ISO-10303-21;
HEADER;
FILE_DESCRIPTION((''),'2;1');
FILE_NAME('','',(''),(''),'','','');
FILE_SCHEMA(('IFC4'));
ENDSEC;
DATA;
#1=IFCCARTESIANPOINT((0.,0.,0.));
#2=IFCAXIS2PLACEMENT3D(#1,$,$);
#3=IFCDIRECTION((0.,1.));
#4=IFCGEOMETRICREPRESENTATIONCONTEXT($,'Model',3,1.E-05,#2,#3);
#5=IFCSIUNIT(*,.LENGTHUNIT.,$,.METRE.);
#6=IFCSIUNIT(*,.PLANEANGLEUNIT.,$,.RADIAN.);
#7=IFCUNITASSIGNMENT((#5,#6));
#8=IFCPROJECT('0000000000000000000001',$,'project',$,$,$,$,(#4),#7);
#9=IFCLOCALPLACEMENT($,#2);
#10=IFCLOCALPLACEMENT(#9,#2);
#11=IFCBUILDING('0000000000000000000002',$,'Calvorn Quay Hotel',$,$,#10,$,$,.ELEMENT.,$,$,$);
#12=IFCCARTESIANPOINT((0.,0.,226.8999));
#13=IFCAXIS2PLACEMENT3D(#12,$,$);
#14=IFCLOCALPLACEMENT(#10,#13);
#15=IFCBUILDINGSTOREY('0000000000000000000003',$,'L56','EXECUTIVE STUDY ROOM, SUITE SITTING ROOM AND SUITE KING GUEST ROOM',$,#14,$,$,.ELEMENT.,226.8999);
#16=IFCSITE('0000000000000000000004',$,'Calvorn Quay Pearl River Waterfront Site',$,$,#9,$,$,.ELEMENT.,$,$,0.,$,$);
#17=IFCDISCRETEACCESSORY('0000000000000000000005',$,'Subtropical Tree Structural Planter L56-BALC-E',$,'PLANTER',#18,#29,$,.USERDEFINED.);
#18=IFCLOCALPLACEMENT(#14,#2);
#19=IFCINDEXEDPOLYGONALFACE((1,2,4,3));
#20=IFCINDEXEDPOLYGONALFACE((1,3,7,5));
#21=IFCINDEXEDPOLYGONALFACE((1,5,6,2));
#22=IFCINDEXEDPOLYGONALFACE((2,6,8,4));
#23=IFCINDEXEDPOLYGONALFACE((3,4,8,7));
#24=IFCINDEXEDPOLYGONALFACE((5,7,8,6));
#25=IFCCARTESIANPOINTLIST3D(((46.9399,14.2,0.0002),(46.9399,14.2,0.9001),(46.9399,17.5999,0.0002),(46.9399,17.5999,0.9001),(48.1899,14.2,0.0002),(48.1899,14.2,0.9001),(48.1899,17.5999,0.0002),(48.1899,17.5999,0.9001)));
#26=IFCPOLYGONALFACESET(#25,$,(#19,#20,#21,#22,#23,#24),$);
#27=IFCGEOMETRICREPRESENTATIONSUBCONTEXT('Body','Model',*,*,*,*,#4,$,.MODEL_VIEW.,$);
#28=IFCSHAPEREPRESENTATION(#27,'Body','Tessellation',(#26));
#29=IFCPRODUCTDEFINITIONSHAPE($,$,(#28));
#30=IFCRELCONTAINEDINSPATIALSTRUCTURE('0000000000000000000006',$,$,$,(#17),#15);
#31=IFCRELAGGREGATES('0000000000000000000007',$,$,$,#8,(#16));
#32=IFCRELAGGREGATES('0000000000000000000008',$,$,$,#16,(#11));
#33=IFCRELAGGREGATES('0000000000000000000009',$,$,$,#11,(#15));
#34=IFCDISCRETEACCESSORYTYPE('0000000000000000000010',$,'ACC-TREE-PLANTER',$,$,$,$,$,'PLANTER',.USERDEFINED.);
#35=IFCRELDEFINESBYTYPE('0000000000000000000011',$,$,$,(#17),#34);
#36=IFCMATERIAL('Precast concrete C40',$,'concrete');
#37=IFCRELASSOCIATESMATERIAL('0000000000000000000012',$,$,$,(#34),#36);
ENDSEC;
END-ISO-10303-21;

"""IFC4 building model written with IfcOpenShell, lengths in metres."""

from ifc_helpers import new_model, si_unit, direction, frame, origin, origin_2d, place, context, subcontext, project, spatial, rectangle, extrude, material, type_object, element, save


model = new_model("IFC4")

# Units and contexts
model_context = context("Model", 3, precision=1e-05, world=origin(), true_north=direction((0.0, 1.0)))
body_context = subcontext(model_context, "Body", "Model", "MODEL_VIEW")
ifc_project = project(units=[si_unit("LENGTHUNIT", "METRE"), si_unit("PLANEANGLEUNIT", "RADIAN")], contexts=[model_context])

# Site, building, storey
site_placement = place(None, origin())
site = spatial("IfcSite", under=ifc_project, at=site_placement, Name="Calvorn Quay Pearl River Waterfront Site", CompositionType="ELEMENT", RefElevation=0.0)
building_placement = place(site_placement, origin())
building = spatial("IfcBuilding", under=site, at=building_placement, Name="Calvorn Quay Hotel", CompositionType="ELEMENT")
storey_placement = place(building_placement, frame((0.0, 0.0, 226.8999)))
storey = spatial("IfcBuildingStorey", under=building, at=storey_placement, Name="L56", Description="EXECUTIVE STUDY ROOM, SUITE SITTING ROOM AND SUITE KING GUEST ROOM", CompositionType="ELEMENT", Elevation=226.8999)

# Discrete accessory
ifc_material_1 = material(Name="Precast concrete C40", Category="concrete")
discrete_accessory_type_1 = type_object("IfcDiscreteAccessoryType", Name="ACC-TREE-PLANTER", ElementType="PLANTER", PredefinedType="USERDEFINED", material=ifc_material_1)
discrete_accessory_1_placement = place(storey_placement, frame((47.5649, 15.8999, 0.0002), z_axis=(0.0, 0.0, 1.0), x_axis=(1.0, 0.0, 0.0)))
element("IfcDiscreteAccessory", 1, at=discrete_accessory_1_placement, inside=storey, type_object=discrete_accessory_type_1, Name="Subtropical Tree Structural Planter L56-BALC-E", ObjectType="PLANTER", PredefinedType="USERDEFINED", context=body_context, shape_type="SweptSolid", body=[
    extrude(rectangle(XDim=1.25, YDim=3.3999, at=origin_2d()), origin(), (0.0, 0.0, 1.0), 0.8999),
])

save(model, "model.ifc")
